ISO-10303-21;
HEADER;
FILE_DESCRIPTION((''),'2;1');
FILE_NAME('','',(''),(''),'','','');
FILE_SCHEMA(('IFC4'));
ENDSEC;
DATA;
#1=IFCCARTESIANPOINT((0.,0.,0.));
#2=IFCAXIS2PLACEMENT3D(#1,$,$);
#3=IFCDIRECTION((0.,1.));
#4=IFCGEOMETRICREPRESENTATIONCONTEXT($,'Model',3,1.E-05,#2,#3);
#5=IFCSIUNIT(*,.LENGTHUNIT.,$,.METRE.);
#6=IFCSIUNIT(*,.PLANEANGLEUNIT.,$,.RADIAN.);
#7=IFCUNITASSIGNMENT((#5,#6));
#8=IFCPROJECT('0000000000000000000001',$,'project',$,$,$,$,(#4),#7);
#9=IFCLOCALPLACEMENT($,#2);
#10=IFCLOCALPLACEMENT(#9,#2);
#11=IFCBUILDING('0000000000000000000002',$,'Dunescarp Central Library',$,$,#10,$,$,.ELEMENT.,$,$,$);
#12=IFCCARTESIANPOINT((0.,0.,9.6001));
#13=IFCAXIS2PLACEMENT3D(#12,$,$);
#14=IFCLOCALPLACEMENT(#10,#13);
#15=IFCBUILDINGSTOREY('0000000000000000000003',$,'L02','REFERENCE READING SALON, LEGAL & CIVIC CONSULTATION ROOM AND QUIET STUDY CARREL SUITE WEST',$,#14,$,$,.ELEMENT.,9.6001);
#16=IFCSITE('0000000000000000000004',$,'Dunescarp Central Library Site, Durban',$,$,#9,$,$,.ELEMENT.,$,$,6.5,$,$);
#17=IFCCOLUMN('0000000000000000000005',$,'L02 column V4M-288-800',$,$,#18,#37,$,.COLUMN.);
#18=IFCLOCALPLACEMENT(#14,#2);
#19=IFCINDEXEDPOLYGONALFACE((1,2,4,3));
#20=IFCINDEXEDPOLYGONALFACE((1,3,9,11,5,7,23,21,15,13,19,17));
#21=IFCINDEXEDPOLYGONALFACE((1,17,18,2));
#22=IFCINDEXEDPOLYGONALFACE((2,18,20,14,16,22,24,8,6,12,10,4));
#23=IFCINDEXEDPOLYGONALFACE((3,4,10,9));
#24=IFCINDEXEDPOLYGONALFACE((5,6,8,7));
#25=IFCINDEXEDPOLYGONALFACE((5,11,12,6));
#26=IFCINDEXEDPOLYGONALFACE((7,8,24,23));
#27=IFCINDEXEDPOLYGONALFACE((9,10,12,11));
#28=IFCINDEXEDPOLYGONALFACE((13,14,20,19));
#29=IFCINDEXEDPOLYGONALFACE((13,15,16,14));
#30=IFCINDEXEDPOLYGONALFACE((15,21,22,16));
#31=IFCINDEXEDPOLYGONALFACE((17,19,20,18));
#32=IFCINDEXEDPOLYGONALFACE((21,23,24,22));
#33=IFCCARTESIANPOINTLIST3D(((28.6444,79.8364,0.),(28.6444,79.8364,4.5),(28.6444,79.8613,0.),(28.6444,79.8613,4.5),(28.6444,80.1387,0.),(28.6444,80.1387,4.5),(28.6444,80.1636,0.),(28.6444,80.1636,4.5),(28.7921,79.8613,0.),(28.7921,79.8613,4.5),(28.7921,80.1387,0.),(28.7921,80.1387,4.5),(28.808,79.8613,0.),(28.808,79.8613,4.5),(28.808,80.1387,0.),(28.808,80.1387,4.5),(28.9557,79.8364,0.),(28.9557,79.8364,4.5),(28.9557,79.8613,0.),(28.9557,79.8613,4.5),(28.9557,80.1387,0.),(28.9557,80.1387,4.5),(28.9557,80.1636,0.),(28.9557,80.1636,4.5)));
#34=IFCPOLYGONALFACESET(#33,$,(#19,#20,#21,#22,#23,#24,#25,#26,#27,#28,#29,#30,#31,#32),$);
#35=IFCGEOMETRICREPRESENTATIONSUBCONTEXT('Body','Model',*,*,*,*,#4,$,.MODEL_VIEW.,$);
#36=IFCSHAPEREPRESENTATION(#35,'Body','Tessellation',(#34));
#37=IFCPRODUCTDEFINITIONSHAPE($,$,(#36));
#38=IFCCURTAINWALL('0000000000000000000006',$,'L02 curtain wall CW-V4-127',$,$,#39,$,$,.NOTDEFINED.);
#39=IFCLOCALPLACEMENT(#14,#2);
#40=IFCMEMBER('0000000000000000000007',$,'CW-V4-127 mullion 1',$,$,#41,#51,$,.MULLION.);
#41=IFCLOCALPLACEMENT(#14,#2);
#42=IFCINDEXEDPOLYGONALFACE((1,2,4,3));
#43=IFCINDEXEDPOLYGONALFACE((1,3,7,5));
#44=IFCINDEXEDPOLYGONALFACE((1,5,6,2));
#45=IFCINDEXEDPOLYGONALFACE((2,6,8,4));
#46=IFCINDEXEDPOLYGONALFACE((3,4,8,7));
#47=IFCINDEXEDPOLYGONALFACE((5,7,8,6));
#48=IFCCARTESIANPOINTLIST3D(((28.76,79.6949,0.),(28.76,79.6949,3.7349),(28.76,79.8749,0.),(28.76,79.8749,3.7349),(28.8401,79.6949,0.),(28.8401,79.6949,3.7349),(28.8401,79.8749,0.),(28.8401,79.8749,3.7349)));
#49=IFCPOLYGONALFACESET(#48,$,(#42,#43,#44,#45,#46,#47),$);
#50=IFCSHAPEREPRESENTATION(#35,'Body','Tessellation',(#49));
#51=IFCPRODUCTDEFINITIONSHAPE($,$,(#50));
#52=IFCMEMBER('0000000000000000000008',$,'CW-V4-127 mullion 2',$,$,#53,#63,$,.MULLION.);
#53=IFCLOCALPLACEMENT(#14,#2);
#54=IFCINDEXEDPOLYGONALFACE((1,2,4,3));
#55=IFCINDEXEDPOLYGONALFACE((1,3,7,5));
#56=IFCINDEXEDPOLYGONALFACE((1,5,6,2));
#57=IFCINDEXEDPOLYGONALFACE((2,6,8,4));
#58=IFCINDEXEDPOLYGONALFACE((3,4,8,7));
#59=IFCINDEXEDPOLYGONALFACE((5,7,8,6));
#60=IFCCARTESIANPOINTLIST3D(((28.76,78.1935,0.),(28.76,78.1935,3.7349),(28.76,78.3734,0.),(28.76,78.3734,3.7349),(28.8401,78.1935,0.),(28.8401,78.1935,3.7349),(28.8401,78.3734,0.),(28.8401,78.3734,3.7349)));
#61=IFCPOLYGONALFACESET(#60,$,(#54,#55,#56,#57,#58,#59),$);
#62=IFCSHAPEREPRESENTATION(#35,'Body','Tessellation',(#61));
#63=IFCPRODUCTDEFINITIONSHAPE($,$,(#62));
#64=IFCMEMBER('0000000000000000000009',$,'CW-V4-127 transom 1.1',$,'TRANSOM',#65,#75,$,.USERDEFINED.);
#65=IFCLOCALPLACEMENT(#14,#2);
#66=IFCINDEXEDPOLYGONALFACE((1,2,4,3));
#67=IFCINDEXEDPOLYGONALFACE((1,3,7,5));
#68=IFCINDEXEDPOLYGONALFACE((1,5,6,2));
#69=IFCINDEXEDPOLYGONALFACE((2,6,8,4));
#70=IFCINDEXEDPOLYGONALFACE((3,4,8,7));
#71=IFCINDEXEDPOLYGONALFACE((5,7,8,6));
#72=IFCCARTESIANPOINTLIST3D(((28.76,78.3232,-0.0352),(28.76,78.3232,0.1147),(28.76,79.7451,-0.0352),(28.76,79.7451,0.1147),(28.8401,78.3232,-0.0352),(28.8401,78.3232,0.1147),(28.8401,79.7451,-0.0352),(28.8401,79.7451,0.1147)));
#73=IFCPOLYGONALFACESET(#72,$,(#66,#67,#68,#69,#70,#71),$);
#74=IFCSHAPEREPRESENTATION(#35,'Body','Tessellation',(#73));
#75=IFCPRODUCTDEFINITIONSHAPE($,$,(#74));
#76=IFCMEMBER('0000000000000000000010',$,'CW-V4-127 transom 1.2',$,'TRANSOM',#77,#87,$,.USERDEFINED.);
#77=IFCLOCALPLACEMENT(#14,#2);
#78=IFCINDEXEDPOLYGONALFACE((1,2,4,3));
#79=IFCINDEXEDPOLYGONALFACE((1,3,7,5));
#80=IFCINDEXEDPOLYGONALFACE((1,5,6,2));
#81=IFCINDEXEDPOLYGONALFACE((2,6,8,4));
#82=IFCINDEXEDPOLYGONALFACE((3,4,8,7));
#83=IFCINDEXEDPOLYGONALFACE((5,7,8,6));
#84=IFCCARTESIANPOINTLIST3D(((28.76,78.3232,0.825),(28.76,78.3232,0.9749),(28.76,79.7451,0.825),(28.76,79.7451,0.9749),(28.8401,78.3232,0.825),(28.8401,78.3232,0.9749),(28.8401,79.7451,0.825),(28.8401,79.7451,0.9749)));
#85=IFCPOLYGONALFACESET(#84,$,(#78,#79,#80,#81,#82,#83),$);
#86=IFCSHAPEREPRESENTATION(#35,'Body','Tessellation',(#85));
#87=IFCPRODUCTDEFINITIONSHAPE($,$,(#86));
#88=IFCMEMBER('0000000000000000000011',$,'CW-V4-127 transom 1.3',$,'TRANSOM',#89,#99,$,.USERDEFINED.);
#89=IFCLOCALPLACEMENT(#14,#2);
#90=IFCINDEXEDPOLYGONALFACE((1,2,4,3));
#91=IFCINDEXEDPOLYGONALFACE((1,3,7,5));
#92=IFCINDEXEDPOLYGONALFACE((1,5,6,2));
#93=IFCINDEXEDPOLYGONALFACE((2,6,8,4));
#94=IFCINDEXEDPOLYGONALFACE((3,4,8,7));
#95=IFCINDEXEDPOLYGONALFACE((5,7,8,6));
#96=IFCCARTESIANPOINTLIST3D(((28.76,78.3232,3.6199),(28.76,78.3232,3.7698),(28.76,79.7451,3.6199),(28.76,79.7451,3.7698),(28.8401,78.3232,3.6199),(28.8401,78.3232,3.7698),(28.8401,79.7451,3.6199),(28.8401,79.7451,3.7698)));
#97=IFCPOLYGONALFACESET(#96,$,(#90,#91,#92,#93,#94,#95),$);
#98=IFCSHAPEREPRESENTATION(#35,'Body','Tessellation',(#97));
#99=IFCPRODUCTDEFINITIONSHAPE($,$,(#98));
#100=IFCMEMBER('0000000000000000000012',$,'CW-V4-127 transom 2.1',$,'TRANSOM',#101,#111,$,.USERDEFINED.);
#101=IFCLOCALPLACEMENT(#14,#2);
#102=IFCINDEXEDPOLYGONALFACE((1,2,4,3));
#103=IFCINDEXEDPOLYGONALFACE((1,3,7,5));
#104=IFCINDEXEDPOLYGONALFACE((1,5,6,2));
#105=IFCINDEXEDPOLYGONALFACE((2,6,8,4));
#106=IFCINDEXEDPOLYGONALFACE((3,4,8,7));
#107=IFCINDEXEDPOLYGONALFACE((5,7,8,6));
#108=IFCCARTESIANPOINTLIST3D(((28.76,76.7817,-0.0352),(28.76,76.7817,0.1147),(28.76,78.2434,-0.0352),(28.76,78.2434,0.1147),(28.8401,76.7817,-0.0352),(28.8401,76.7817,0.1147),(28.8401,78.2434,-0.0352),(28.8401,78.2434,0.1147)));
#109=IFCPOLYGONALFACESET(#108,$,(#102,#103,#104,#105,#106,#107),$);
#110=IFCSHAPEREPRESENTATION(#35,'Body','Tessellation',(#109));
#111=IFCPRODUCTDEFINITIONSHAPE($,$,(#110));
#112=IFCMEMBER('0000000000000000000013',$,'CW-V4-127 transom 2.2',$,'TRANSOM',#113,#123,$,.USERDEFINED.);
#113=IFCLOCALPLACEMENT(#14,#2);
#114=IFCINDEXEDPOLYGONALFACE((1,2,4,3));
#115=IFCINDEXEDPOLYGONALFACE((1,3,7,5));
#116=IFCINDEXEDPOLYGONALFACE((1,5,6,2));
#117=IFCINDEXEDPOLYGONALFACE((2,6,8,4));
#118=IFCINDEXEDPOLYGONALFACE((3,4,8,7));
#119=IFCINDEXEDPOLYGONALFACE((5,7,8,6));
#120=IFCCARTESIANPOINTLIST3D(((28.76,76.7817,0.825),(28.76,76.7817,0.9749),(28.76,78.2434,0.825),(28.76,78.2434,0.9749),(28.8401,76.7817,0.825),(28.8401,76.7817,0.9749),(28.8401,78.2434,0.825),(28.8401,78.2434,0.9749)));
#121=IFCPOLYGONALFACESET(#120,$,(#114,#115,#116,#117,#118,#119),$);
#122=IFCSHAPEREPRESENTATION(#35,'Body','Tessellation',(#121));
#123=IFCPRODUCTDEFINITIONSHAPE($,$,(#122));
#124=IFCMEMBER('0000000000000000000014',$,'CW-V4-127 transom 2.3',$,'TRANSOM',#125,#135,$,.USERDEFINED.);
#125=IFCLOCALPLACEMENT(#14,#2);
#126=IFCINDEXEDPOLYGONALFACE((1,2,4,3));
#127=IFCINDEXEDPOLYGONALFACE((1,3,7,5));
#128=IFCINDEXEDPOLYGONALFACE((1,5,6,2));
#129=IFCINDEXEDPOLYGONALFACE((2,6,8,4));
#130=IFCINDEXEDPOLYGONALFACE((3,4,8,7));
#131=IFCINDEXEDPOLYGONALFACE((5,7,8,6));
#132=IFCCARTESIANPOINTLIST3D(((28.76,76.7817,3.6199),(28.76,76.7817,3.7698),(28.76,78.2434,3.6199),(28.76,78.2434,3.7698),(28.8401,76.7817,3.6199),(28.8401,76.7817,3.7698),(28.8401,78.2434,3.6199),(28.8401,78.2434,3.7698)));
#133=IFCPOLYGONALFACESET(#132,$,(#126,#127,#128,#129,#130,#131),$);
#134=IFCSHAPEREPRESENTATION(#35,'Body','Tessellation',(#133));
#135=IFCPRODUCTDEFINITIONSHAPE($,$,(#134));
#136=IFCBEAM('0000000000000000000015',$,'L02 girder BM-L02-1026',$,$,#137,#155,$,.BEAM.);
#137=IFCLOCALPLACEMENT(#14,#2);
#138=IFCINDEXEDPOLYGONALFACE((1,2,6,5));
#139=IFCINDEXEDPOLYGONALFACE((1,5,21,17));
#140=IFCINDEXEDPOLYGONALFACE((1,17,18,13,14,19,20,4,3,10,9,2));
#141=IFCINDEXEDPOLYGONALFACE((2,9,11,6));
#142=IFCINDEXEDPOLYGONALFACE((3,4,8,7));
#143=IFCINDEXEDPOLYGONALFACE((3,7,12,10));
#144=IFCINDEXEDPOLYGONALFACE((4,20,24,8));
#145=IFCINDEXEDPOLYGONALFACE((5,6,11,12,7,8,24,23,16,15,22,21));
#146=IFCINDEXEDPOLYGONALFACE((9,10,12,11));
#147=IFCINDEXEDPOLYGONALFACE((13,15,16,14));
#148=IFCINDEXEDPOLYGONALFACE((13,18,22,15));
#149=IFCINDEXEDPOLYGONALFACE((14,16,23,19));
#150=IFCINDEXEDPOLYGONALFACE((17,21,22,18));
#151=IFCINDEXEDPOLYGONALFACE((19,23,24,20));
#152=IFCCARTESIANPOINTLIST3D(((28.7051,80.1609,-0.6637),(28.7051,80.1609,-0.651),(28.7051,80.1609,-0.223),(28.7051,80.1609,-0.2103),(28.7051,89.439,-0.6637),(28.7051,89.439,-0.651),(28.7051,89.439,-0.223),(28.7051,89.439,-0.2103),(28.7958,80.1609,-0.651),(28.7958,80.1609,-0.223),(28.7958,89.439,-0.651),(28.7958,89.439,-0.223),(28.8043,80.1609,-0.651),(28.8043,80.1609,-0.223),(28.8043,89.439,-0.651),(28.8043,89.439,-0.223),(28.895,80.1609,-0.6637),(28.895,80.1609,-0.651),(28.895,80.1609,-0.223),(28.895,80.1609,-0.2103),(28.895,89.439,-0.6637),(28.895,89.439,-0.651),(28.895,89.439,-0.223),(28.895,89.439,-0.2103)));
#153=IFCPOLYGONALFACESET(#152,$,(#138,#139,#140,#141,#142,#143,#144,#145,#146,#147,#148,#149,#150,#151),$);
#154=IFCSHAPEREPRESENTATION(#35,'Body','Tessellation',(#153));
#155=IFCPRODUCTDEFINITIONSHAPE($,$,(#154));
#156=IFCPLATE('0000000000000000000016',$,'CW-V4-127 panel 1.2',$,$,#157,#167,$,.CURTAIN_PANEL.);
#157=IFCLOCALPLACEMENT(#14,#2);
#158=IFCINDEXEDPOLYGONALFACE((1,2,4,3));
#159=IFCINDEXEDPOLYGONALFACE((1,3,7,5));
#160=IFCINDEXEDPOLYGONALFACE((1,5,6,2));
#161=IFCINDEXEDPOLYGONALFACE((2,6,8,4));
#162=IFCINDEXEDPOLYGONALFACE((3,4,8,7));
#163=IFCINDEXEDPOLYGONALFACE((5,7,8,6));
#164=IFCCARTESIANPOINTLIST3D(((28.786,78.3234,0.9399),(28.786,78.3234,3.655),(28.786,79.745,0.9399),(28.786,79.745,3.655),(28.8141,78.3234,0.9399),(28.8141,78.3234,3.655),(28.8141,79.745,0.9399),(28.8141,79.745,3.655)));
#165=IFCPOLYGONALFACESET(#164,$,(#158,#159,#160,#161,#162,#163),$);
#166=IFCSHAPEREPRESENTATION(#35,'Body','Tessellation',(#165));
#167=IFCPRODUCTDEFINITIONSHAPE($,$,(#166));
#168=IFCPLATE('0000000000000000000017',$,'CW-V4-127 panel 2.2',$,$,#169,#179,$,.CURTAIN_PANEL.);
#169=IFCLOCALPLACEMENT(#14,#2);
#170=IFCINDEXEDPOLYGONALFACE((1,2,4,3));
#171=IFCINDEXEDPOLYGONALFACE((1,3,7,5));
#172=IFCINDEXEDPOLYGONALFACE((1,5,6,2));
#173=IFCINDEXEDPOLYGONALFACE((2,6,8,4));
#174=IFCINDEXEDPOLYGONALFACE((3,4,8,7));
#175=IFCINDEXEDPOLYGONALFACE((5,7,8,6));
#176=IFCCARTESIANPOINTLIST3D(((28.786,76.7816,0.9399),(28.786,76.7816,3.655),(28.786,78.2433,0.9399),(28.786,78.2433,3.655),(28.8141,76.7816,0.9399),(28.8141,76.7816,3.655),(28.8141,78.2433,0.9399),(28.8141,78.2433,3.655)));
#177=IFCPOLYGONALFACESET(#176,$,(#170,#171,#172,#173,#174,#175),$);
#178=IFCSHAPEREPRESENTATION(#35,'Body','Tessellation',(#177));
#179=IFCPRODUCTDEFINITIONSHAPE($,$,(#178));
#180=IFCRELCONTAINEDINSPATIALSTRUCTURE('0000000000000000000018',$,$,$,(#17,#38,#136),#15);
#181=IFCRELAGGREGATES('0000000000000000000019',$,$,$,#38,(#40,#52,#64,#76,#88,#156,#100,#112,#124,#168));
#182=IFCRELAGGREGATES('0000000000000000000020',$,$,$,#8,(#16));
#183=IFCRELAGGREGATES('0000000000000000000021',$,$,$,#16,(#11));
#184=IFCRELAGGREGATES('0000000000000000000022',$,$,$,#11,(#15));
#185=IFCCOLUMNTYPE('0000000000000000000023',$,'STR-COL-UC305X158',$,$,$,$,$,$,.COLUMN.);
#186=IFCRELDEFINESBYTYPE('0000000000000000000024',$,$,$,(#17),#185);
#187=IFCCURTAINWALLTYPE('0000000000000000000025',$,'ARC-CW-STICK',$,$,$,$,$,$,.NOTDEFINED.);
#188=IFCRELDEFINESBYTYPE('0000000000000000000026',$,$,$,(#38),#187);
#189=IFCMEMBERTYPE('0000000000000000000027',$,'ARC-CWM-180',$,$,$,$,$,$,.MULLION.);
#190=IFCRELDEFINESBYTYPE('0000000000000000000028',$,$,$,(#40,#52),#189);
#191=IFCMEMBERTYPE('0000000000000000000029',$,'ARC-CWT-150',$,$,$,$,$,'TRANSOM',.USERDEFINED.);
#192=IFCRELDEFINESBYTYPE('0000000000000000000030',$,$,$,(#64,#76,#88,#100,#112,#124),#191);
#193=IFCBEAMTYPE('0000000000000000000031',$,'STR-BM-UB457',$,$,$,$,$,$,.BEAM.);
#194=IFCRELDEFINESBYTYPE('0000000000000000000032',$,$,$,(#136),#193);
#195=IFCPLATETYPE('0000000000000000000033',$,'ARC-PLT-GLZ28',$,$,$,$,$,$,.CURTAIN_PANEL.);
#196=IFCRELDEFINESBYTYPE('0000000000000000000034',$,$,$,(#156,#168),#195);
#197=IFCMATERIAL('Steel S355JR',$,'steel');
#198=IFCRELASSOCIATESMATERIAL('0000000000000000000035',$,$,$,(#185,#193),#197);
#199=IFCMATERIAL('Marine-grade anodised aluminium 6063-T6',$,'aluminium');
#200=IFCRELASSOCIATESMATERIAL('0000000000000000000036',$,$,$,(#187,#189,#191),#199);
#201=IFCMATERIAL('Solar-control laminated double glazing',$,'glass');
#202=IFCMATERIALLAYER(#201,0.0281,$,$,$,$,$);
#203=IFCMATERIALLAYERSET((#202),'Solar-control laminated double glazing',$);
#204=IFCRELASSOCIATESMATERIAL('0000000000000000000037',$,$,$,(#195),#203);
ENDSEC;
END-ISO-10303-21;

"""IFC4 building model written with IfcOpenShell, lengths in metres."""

from ifc_helpers import new_model, si_unit, direction, frame, origin, origin_2d, place, context, subcontext, project, spatial, rectangle, i_section, extrude, material, layer, layer_set, material_profile, profile_set, type_object, element, aggregate, save


model = new_model("IFC4")

# Units and contexts
model_context = context("Model", 3, precision=1e-05, world=origin(), true_north=direction((0.0, 1.0)))
body_context = subcontext(model_context, "Body", "Model", "MODEL_VIEW")
ifc_project = project(units=[si_unit("LENGTHUNIT", "METRE"), si_unit("PLANEANGLEUNIT", "RADIAN")], contexts=[model_context])

# Site, building, storey
site_placement = place(None, origin())
site = spatial("IfcSite", under=ifc_project, at=site_placement, Name="Dunescarp Central Library Site, Durban", CompositionType="ELEMENT", RefElevation=6.5)
building_placement = place(site_placement, origin())
building = spatial("IfcBuilding", under=site, at=building_placement, Name="Dunescarp Central Library", CompositionType="ELEMENT")
storey_placement = place(building_placement, frame((0.0, 0.0, 9.6001)))
storey = spatial("IfcBuildingStorey", under=building, at=storey_placement, Name="L02", Description="REFERENCE READING SALON, LEGAL & CIVIC CONSULTATION ROOM AND QUIET STUDY CARREL SUITE WEST", CompositionType="ELEMENT", Elevation=9.6001)

# Column
ifc_material_1 = material(Name="Steel S355JR", Category="steel")
ifc_material_profile_1 = material_profile(ifc_material_1, i_section(OverallWidth=0.3113, OverallDepth=0.3271, WebThickness=0.0159, FlangeThickness=0.0249, at=origin_2d()), Name="UC 305x305x158")
ifc_profile_set_1 = profile_set([ifc_material_profile_1], Name="Steel S355JR")
column_type = type_object("IfcColumnType", Name="STR-COL-UC305X158", PredefinedType="COLUMN", material=ifc_profile_set_1)
column_placement = place(storey_placement, frame((28.8, 80.0, 0.0), z_axis=(0.0, 0.0, 1.0), x_axis=(1.0, 0.0, 0.0)))
element("IfcColumn", 1, at=column_placement, inside=storey, type_object=column_type, Name="L02 column V4M-288-800", PredefinedType="COLUMN", context=body_context, shape_type="SweptSolid", body=[
    extrude(i_section(OverallWidth=0.3113, OverallDepth=0.3271, WebThickness=0.0159, FlangeThickness=0.0249, at=origin_2d()), origin(), (0.0, 0.0, 1.0), 4.5),
])

# Curtain wall, members
ifc_material_2 = material(Name="Marine-grade anodised aluminium 6063-T6", Category="aluminium")
curtain_wall_type = type_object("IfcCurtainWallType", Name="ARC-CW-STICK", PredefinedType="NOTDEFINED", material=ifc_material_2)
curtain_wall_placement = place(storey_placement, origin())
curtain_wall = element("IfcCurtainWall", 2, at=curtain_wall_placement, inside=storey, type_object=curtain_wall_type, Name="L02 curtain wall CW-V4-127", PredefinedType="NOTDEFINED")
ifc_material_profile_2 = material_profile(ifc_material_2, rectangle(XDim=0.0801, YDim=0.1799, at=origin_2d()), Name="AL 80x180")
ifc_profile_set_2 = profile_set([ifc_material_profile_2], Name="Marine-grade anodised aluminium 6063-T6")
member_type_1 = type_object("IfcMemberType", Name="ARC-CWM-180", PredefinedType="MULLION", material=ifc_profile_set_2)
member_1_placement = place(storey_placement, frame((28.8, 79.7849, 0.0), z_axis=(0.0, 0.0, 1.0), x_axis=(1.0, 0.0, 0.0)))
member_1 = element("IfcMember", 3, at=member_1_placement, type_object=member_type_1, Name="CW-V4-127 mullion 1", PredefinedType="MULLION", context=body_context, shape_type="SweptSolid", body=[
    extrude(rectangle(XDim=0.0801, YDim=0.1799, at=origin_2d()), origin(), (0.0, 0.0, 1.0), 3.7349),
])
member_2_placement = place(storey_placement, frame((28.8, 78.2834, 0.0), z_axis=(0.0, 0.0, 1.0), x_axis=(1.0, 0.0, 0.0)))
member_2 = element("IfcMember", 4, at=member_2_placement, type_object=member_type_1, Name="CW-V4-127 mullion 2", PredefinedType="MULLION", context=body_context, shape_type="SweptSolid", body=[
    extrude(rectangle(XDim=0.0801, YDim=0.1799, at=origin_2d()), origin(), (0.0, 0.0, 1.0), 3.7349),
])
ifc_material_profile_3 = material_profile(ifc_material_2, rectangle(XDim=0.0801, YDim=0.1499, at=origin_2d()), Name="AL 80x150")
ifc_profile_set_3 = profile_set([ifc_material_profile_3], Name="Marine-grade anodised aluminium 6063-T6")
member_type_2 = type_object("IfcMemberType", Name="ARC-CWT-150", ElementType="TRANSOM", PredefinedType="USERDEFINED", material=ifc_profile_set_3)
member_3_placement = place(storey_placement, frame((28.8, 79.7451, 0.0398), z_axis=(0.0, -1.0, 0.0), x_axis=(1.0, 0.0, 0.0)))
member_3 = element("IfcMember", 5, at=member_3_placement, type_object=member_type_2, Name="CW-V4-127 transom 1.1", ObjectType="TRANSOM", PredefinedType="USERDEFINED", context=body_context, shape_type="SweptSolid", body=[
    extrude(rectangle(XDim=0.0801, YDim=0.1499, at=origin_2d()), origin(), (0.0, 0.0, 1.0), 1.4219),
])
member_4_placement = place(storey_placement, frame((28.8, 79.7451, 0.8999), z_axis=(0.0, -1.0, 0.0), x_axis=(1.0, 0.0, 0.0)))
member_4 = element("IfcMember", 6, at=member_4_placement, type_object=member_type_2, Name="CW-V4-127 transom 1.2", ObjectType="TRANSOM", PredefinedType="USERDEFINED", context=body_context, shape_type="SweptSolid", body=[
    extrude(rectangle(XDim=0.0801, YDim=0.1499, at=origin_2d()), origin(), (0.0, 0.0, 1.0), 1.4219),
])
member_5_placement = place(storey_placement, frame((28.8, 79.7451, 3.6948), z_axis=(0.0, -1.0, 0.0), x_axis=(1.0, 0.0, 0.0)))
member_5 = element("IfcMember", 7, at=member_5_placement, type_object=member_type_2, Name="CW-V4-127 transom 1.3", ObjectType="TRANSOM", PredefinedType="USERDEFINED", context=body_context, shape_type="SweptSolid", body=[
    extrude(rectangle(XDim=0.0801, YDim=0.1499, at=origin_2d()), origin(), (0.0, 0.0, 1.0), 1.4219),
])
member_6_placement = place(storey_placement, frame((28.8, 78.2434, 0.0398), z_axis=(0.0, -1.0, 0.0), x_axis=(1.0, 0.0, 0.0)))
member_6 = element("IfcMember", 8, at=member_6_placement, type_object=member_type_2, Name="CW-V4-127 transom 2.1", ObjectType="TRANSOM", PredefinedType="USERDEFINED", context=body_context, shape_type="SweptSolid", body=[
    extrude(rectangle(XDim=0.0801, YDim=0.1499, at=origin_2d()), origin(), (0.0, 0.0, 1.0), 1.4617),
])
member_7_placement = place(storey_placement, frame((28.8, 78.2434, 0.8999), z_axis=(0.0, -1.0, 0.0), x_axis=(1.0, 0.0, 0.0)))
member_7 = element("IfcMember", 9, at=member_7_placement, type_object=member_type_2, Name="CW-V4-127 transom 2.2", ObjectType="TRANSOM", PredefinedType="USERDEFINED", context=body_context, shape_type="SweptSolid", body=[
    extrude(rectangle(XDim=0.0801, YDim=0.1499, at=origin_2d()), origin(), (0.0, 0.0, 1.0), 1.4617),
])
member_8_placement = place(storey_placement, frame((28.8, 78.2434, 3.6948), z_axis=(0.0, -1.0, 0.0), x_axis=(1.0, 0.0, 0.0)))
member_8 = element("IfcMember", 10, at=member_8_placement, type_object=member_type_2, Name="CW-V4-127 transom 2.3", ObjectType="TRANSOM", PredefinedType="USERDEFINED", context=body_context, shape_type="SweptSolid", body=[
    extrude(rectangle(XDim=0.0801, YDim=0.1499, at=origin_2d()), origin(), (0.0, 0.0, 1.0), 1.4617),
])

# Beam
ifc_material_profile_4 = material_profile(ifc_material_1, i_section(OverallWidth=0.1899, OverallDepth=0.4534, WebThickness=0.0085, FlangeThickness=0.0127, at=origin_2d()), Name="UB 457x191x67")
ifc_profile_set_4 = profile_set([ifc_material_profile_4], Name="Steel S355JR")
beam_type = type_object("IfcBeamType", Name="STR-BM-UB457", PredefinedType="BEAM", material=ifc_profile_set_4)
beam_placement = place(storey_placement, frame((28.8, 80.1609, -0.437), z_axis=(0.0, 1.0, 0.0), x_axis=(-1.0, 0.0, 0.0)))
element("IfcBeam", 11, at=beam_placement, inside=storey, type_object=beam_type, Name="L02 girder BM-L02-1026", PredefinedType="BEAM", context=body_context, shape_type="SweptSolid", body=[
    extrude(i_section(OverallWidth=0.1899, OverallDepth=0.4534, WebThickness=0.0085, FlangeThickness=0.0127, at=origin_2d()), origin(), (0.0, 0.0, 1.0), 9.2781),
])

# Plates
ifc_material_3 = material(Name="Solar-control laminated double glazing", Category="glass")
ifc_layer_1 = layer(ifc_material_3, 0.0281)
ifc_layer_set_1 = layer_set([ifc_layer_1], Name="Solar-control laminated double glazing")
plate_type_1 = type_object("IfcPlateType", Name="ARC-PLT-GLZ28", PredefinedType="CURTAIN_PANEL", material=ifc_layer_set_1)
plate_1_placement = place(storey_placement, frame((28.8, 79.0342, 0.9399), z_axis=(0.0, 0.0, 1.0), x_axis=(0.0, -1.0, 0.0)))
plate_1 = element("IfcPlate", 12, at=plate_1_placement, type_object=plate_type_1, Name="CW-V4-127 panel 1.2", PredefinedType="CURTAIN_PANEL", context=body_context, shape_type="SweptSolid", body=[
    extrude(rectangle(XDim=1.4216, YDim=0.0281, at=origin_2d()), origin(), (0.0, 0.0, 1.0), 2.7151),
])
plate_2_placement = place(storey_placement, frame((28.8, 77.5125, 0.9399), z_axis=(0.0, 0.0, 1.0), x_axis=(0.0, -1.0, 0.0)))
plate_2 = element("IfcPlate", 13, at=plate_2_placement, type_object=plate_type_1, Name="CW-V4-127 panel 2.2", PredefinedType="CURTAIN_PANEL", context=body_context, shape_type="SweptSolid", body=[
    extrude(rectangle(XDim=1.4617, YDim=0.0281, at=origin_2d()), origin(), (0.0, 0.0, 1.0), 2.7151),
])
aggregate(curtain_wall, [member_1, member_2, member_3, member_4, member_5, plate_1, member_6, member_7, member_8, plate_2])

save(model, "model.ifc")
